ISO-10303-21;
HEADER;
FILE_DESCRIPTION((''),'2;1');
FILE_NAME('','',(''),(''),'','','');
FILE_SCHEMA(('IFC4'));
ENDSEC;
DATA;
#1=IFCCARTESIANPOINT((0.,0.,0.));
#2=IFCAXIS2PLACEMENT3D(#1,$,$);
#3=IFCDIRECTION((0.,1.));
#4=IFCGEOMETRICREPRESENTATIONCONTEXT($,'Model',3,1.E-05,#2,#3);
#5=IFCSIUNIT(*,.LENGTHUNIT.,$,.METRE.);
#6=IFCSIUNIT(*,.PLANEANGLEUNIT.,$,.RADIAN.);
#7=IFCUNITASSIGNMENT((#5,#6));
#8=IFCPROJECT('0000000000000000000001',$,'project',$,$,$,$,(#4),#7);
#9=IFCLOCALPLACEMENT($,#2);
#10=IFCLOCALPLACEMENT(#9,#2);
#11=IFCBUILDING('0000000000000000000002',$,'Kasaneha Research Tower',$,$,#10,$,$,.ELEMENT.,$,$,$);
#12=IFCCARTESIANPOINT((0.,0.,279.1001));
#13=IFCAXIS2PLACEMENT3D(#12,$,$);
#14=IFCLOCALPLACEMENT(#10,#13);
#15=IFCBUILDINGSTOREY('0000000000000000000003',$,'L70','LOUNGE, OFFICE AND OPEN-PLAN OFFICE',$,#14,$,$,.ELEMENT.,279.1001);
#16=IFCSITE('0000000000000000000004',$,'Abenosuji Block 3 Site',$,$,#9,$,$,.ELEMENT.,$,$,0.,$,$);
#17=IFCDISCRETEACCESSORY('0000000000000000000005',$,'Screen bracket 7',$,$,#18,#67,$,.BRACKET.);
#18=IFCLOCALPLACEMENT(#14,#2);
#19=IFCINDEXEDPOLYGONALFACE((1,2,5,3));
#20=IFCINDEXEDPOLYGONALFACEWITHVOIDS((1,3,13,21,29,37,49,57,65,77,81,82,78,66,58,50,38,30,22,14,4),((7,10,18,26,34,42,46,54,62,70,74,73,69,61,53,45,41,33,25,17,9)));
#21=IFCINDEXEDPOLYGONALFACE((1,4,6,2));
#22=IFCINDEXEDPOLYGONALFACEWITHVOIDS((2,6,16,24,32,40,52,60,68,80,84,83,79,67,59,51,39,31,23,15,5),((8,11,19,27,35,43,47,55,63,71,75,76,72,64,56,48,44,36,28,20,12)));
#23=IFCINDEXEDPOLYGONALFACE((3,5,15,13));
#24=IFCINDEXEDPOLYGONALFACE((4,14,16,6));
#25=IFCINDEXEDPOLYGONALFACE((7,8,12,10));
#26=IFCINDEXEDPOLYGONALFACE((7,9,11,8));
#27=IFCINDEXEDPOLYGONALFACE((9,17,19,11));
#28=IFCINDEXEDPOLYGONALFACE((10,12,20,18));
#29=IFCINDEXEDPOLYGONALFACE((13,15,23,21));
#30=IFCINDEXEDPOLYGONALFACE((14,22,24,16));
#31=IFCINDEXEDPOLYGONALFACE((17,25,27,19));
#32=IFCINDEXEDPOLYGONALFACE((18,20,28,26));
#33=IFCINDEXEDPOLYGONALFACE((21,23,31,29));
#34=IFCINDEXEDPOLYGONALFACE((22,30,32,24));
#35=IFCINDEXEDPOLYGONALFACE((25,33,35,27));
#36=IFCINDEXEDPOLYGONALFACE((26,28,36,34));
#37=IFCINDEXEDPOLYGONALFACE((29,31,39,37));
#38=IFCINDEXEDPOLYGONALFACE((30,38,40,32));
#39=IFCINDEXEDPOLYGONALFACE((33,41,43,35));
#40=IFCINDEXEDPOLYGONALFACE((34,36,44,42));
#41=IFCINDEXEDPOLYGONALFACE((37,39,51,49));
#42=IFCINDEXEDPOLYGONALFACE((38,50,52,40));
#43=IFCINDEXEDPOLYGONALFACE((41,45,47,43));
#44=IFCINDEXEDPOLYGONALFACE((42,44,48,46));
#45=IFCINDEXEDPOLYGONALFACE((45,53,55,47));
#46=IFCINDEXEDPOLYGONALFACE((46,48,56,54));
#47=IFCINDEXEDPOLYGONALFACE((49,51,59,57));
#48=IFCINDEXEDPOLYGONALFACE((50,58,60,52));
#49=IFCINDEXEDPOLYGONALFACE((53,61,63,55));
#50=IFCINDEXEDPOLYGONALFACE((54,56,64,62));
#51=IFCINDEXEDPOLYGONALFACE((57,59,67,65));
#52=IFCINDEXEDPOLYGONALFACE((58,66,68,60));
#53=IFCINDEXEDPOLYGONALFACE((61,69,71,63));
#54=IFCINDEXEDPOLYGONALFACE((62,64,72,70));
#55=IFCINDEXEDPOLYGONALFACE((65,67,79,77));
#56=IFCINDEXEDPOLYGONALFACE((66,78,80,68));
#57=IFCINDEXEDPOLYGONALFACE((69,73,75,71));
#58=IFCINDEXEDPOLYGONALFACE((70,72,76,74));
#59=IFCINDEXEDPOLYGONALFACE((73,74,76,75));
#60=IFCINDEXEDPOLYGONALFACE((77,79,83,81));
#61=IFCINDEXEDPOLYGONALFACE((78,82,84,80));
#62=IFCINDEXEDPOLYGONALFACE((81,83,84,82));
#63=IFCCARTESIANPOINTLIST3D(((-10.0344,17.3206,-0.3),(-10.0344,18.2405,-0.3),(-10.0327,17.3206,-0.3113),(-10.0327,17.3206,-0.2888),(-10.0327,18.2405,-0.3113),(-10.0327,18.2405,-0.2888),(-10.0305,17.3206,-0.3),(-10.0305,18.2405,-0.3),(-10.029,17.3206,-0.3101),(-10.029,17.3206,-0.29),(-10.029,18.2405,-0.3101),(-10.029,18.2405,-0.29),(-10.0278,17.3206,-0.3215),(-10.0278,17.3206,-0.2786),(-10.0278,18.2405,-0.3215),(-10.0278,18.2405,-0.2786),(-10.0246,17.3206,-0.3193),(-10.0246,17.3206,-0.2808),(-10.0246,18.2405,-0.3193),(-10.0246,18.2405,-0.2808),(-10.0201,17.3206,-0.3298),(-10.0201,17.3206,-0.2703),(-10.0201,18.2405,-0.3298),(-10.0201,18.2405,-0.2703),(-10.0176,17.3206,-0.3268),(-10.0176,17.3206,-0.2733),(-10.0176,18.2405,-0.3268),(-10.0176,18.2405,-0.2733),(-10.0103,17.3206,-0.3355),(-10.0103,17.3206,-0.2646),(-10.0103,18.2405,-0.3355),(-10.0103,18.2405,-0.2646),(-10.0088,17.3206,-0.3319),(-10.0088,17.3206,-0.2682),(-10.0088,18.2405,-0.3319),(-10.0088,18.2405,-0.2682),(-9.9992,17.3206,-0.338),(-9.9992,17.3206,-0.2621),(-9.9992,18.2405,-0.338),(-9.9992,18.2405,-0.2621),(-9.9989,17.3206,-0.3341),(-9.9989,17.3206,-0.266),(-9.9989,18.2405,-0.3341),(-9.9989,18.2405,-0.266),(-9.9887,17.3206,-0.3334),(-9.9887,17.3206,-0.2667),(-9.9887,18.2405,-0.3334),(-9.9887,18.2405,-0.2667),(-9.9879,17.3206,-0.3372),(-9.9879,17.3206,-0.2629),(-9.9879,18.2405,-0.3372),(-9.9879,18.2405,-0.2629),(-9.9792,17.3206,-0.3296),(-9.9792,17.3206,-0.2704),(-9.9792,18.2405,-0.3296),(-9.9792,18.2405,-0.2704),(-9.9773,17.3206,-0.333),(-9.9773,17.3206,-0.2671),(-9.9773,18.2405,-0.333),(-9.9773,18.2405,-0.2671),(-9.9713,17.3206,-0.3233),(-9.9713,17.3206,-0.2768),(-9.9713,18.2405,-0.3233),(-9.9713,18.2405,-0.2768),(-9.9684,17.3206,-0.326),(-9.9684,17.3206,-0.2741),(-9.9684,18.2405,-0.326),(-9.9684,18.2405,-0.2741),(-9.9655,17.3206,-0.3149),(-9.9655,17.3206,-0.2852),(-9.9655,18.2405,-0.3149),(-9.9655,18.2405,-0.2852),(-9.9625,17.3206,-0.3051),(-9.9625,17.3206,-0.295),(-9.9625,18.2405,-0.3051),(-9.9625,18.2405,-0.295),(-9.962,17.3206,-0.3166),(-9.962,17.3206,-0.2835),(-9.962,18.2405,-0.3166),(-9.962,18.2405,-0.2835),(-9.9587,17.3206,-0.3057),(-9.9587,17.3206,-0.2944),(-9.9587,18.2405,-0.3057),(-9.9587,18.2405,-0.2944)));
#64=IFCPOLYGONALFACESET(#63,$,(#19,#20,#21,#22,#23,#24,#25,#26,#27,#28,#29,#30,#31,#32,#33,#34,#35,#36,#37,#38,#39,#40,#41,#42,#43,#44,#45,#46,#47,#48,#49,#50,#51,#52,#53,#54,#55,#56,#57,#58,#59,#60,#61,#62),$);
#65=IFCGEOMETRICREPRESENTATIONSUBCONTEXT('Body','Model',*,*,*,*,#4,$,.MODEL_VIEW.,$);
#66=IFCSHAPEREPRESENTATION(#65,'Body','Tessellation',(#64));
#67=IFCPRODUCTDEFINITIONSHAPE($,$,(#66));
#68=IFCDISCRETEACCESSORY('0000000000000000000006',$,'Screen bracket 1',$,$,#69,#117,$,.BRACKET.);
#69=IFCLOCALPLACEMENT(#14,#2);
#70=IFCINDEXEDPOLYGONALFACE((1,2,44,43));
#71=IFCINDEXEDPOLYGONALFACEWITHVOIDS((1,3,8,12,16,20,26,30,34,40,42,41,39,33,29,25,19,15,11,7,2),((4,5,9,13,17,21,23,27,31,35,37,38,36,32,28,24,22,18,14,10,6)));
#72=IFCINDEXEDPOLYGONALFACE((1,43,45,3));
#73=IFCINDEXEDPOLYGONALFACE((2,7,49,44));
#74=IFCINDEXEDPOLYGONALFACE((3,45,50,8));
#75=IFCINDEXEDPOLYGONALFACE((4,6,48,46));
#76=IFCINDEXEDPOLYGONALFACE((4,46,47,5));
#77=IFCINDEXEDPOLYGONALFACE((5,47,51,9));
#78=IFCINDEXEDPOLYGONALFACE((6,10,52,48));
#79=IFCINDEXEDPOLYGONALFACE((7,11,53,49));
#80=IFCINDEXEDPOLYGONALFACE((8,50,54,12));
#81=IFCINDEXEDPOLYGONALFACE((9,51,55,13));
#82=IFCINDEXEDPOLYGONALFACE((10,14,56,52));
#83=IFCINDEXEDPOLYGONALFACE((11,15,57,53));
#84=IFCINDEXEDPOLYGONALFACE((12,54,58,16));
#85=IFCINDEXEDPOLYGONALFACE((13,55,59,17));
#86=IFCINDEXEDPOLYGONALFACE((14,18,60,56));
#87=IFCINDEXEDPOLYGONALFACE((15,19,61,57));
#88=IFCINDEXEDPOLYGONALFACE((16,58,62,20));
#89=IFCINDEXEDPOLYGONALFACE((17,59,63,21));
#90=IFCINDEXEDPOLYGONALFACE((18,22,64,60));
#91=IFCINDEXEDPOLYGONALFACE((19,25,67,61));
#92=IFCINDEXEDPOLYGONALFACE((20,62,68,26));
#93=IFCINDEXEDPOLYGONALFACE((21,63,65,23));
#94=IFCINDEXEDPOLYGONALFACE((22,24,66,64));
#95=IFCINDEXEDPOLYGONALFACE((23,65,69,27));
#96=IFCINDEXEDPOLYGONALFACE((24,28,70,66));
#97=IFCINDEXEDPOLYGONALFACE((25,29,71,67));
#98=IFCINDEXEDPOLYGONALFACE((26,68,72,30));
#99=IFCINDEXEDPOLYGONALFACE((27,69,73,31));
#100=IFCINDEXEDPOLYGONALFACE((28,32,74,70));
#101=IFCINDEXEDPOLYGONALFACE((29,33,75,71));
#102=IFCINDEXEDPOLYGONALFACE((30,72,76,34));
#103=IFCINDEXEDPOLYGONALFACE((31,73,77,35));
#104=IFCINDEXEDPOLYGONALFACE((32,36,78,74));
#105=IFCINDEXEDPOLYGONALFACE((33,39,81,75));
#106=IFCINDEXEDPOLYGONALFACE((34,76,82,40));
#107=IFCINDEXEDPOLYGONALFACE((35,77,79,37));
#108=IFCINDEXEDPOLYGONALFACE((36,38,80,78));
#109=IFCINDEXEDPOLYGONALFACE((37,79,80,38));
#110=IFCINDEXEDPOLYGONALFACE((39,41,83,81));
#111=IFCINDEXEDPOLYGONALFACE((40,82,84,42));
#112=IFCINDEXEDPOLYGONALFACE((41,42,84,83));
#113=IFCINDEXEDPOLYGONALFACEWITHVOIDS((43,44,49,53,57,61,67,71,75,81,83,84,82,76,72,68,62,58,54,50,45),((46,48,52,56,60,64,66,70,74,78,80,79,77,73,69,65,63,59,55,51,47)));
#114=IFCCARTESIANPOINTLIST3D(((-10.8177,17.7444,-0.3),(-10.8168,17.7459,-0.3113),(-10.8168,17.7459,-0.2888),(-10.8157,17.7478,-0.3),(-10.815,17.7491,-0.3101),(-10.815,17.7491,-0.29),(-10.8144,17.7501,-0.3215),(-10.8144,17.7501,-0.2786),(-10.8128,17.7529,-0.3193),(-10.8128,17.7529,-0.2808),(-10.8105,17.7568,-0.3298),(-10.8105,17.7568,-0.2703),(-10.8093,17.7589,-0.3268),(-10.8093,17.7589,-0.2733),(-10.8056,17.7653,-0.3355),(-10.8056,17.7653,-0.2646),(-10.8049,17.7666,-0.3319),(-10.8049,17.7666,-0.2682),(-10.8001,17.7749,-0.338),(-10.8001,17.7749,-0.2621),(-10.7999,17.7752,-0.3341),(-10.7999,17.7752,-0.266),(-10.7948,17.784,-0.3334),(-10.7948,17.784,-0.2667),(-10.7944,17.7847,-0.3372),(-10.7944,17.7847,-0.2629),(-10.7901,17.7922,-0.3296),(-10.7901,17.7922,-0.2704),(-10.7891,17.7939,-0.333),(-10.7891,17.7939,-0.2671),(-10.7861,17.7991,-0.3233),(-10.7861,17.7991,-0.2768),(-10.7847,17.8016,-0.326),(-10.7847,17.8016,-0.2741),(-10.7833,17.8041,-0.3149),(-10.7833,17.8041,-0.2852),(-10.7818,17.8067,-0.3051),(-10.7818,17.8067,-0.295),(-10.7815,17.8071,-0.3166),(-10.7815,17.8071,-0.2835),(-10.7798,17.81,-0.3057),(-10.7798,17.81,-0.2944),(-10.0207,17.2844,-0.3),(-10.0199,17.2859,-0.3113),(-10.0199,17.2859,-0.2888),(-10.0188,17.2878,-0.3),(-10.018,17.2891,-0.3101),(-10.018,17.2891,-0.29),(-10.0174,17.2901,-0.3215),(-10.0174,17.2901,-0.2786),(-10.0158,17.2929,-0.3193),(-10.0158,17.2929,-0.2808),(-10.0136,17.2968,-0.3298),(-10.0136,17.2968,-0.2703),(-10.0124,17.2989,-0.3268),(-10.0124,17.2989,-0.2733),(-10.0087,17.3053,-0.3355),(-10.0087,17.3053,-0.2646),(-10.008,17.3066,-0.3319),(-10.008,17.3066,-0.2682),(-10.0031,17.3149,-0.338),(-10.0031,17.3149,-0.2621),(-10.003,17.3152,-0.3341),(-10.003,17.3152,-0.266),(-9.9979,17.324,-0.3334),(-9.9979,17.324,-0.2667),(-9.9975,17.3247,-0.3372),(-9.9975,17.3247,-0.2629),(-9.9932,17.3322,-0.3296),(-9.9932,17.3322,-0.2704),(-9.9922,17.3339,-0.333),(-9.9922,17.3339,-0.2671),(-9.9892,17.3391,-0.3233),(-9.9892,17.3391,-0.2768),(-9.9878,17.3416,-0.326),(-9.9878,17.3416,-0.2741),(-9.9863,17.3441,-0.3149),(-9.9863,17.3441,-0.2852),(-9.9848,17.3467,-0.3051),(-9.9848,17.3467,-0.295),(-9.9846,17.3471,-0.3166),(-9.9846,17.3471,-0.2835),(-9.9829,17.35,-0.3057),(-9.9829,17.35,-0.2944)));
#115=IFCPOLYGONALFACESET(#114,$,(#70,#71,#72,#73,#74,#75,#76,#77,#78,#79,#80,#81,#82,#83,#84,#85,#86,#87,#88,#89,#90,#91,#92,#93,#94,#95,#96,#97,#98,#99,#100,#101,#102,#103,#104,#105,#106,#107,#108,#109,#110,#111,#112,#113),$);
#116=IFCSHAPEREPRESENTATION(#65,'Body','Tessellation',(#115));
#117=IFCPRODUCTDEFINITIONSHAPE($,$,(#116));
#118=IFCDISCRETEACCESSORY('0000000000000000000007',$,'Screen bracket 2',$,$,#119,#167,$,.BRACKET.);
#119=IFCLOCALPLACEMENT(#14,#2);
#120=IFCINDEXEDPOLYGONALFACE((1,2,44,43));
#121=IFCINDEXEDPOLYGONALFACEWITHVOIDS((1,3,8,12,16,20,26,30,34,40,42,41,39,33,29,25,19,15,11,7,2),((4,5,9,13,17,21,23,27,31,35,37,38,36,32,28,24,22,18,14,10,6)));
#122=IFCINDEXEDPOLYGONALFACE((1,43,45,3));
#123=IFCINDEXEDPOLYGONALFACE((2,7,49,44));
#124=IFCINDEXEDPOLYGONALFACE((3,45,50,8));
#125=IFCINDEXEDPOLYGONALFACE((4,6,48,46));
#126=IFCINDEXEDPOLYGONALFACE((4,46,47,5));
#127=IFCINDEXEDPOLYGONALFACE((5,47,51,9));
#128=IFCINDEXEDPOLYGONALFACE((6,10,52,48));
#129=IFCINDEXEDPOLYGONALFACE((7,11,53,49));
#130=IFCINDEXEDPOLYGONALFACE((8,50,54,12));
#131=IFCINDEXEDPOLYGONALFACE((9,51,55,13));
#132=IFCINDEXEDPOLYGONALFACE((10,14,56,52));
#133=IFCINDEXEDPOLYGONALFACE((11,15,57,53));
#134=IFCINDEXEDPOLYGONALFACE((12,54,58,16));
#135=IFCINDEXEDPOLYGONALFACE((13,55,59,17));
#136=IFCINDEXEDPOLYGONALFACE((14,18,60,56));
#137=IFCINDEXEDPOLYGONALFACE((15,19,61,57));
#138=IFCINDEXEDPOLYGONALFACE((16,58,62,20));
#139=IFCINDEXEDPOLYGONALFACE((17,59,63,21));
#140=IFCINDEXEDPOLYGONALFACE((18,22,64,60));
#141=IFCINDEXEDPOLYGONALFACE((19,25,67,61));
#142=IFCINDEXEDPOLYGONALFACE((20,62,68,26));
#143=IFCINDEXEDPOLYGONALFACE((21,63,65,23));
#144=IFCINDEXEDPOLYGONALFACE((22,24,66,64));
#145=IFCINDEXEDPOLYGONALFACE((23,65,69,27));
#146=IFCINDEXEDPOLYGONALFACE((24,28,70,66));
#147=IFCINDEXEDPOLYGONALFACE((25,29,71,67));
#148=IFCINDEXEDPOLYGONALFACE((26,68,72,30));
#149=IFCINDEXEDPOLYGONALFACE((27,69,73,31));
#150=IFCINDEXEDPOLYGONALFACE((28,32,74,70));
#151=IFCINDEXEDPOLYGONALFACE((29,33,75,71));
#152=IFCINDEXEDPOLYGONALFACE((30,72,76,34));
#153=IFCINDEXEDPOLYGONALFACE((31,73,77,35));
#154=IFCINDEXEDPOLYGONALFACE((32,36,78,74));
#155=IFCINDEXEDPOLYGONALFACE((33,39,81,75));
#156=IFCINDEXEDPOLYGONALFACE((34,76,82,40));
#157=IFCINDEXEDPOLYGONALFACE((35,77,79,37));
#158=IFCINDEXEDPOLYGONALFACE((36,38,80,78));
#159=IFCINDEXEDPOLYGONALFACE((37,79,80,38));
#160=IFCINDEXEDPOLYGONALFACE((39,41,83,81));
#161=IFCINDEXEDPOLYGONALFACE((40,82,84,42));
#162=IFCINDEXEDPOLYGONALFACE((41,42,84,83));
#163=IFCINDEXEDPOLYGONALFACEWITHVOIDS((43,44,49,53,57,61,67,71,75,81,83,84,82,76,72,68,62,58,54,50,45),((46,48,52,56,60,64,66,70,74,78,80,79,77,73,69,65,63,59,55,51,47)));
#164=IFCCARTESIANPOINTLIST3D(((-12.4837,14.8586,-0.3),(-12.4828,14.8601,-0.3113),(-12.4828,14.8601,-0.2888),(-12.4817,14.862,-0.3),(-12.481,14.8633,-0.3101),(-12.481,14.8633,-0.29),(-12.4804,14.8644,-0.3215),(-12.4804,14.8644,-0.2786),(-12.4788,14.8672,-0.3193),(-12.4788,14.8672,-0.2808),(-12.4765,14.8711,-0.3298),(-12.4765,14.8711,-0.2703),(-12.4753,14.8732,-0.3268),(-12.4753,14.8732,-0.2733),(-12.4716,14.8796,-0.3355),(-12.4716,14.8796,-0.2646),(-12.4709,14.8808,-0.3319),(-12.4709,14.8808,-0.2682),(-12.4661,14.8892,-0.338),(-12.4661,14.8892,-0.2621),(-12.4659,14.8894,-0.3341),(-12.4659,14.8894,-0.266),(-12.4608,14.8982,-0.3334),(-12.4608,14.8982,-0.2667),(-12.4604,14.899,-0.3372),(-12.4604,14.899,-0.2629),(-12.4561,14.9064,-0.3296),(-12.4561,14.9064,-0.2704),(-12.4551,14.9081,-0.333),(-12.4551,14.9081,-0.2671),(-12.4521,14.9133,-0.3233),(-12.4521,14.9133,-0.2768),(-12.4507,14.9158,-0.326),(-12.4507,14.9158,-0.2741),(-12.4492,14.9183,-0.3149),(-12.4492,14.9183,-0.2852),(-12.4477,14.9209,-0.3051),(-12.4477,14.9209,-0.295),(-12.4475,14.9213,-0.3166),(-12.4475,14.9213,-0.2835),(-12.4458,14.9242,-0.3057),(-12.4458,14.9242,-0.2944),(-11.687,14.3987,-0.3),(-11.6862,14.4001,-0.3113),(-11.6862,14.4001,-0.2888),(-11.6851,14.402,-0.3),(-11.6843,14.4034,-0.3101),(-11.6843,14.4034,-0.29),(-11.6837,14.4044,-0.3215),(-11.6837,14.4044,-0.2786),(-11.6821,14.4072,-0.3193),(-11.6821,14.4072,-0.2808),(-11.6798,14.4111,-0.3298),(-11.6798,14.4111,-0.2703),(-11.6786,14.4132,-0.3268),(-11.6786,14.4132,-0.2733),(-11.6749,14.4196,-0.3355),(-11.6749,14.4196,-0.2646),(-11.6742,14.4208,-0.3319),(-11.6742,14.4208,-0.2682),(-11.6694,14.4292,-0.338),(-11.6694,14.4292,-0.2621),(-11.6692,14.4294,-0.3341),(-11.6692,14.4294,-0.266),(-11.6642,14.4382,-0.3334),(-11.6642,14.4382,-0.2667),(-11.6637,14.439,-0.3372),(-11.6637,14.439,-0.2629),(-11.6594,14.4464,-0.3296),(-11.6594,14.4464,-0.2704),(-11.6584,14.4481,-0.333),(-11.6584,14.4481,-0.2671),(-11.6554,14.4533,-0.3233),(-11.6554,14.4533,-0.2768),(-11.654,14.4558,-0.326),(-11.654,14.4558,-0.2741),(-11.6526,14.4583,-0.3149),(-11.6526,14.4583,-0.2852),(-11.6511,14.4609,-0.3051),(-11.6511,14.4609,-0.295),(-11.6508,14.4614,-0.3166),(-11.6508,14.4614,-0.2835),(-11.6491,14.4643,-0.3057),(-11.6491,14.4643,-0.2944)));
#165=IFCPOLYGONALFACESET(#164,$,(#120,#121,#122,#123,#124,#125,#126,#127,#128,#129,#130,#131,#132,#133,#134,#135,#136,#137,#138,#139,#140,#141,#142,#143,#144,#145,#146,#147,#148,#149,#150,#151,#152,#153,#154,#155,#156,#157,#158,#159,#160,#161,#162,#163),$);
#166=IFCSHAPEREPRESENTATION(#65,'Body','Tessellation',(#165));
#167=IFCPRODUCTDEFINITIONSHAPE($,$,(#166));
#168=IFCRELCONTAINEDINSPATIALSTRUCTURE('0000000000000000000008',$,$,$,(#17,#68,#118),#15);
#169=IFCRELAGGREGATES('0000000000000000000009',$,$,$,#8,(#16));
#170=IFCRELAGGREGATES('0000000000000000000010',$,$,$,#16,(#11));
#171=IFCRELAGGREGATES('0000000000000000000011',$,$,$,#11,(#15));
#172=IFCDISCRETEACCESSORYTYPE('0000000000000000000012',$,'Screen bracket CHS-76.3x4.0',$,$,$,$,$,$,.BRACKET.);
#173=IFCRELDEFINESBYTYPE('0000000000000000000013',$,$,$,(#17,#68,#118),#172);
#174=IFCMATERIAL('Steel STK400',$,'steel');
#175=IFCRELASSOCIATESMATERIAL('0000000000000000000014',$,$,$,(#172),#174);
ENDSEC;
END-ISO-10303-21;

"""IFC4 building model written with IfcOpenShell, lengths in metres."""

from ifc_helpers import new_model, si_unit, direction, frame, origin, origin_2d, place, context, subcontext, project, spatial, hollow_circle, extrude, material, material_profile, profile_set, type_object, element, save


model = new_model("IFC4")

# Units and contexts
model_context = context("Model", 3, precision=1e-05, world=origin(), true_north=direction((0.0, 1.0)))
body_context = subcontext(model_context, "Body", "Model", "MODEL_VIEW")
ifc_project = project(units=[si_unit("LENGTHUNIT", "METRE"), si_unit("PLANEANGLEUNIT", "RADIAN")], contexts=[model_context])

# Site, building, storey
site_placement = place(None, origin())
site = spatial("IfcSite", under=ifc_project, at=site_placement, Name="Abenosuji Block 3 Site", CompositionType="ELEMENT", RefElevation=0.0)
building_placement = place(site_placement, origin())
building = spatial("IfcBuilding", under=site, at=building_placement, Name="Kasaneha Research Tower", CompositionType="ELEMENT")
storey_placement = place(building_placement, frame((0.0, 0.0, 279.1001)))
storey = spatial("IfcBuildingStorey", under=building, at=storey_placement, Name="L70", Description="LOUNGE, OFFICE AND OPEN-PLAN OFFICE", CompositionType="ELEMENT", Elevation=279.1001)

# Discrete accessories
ifc_material_1 = material(Name="Steel STK400", Category="steel")
ifc_material_profile_1 = material_profile(ifc_material_1, hollow_circle(Radius=0.0381, WallThickness=0.0039, at=origin_2d()), Name="CHS-76.3x4.0")
ifc_profile_set_1 = profile_set([ifc_material_profile_1], Name="Steel STK400")
discrete_accessory_type = type_object("IfcDiscreteAccessoryType", Name="Screen bracket CHS-76.3x4.0", PredefinedType="BRACKET", material=ifc_profile_set_1)
discrete_accessory_1_placement = place(storey_placement, frame((-9.9963, 17.3206, -0.3), z_axis=(0.0, 1.0, 0.0), x_axis=(-1.0, 0.0, 0.0)))
element("IfcDiscreteAccessory", 1, at=discrete_accessory_1_placement, inside=storey, type_object=discrete_accessory_type, Name="Screen bracket 7", PredefinedType="BRACKET", context=body_context, shape_type="SweptSolid", body=[
    extrude(hollow_circle(Radius=0.0381, WallThickness=0.0039, at=origin_2d()), origin(), (0.0, 0.0, 1.0), 0.9199),
])
discrete_accessory_2_placement = place(storey_placement, frame((-10.0017, 17.3174, -0.3), z_axis=(-0.86608, 0.499906, 0.0), x_axis=(-0.499906, -0.86608, 0.0)))
element("IfcDiscreteAccessory", 2, at=discrete_accessory_2_placement, inside=storey, type_object=discrete_accessory_type, Name="Screen bracket 1", PredefinedType="BRACKET", context=body_context, shape_type="SweptSolid", body=[
    extrude(hollow_circle(Radius=0.0381, WallThickness=0.0039, at=origin_2d()), origin(), (0.0, 0.0, 1.0), 0.9202),
])
for number, where, z_axis, x_axis, name in (
    (3, (-11.668, 14.4316, -0.3), (-0.866013, 0.500021, 0.0), (-0.500021, -0.866013, 0.0), "Screen bracket 2"),
):
    element("IfcDiscreteAccessory", number, at=place(storey_placement, frame(where, z_axis=z_axis, x_axis=x_axis)), inside=storey, type_object=discrete_accessory_type, Name=name, PredefinedType="BRACKET", context=body_context, shape_type="SweptSolid", body=[
        extrude(hollow_circle(Radius=0.0381, WallThickness=0.0039, at=origin_2d()), origin(), (0.0, 0.0, 1.0), 0.9199),
    ])

save(model, "model.ifc")
